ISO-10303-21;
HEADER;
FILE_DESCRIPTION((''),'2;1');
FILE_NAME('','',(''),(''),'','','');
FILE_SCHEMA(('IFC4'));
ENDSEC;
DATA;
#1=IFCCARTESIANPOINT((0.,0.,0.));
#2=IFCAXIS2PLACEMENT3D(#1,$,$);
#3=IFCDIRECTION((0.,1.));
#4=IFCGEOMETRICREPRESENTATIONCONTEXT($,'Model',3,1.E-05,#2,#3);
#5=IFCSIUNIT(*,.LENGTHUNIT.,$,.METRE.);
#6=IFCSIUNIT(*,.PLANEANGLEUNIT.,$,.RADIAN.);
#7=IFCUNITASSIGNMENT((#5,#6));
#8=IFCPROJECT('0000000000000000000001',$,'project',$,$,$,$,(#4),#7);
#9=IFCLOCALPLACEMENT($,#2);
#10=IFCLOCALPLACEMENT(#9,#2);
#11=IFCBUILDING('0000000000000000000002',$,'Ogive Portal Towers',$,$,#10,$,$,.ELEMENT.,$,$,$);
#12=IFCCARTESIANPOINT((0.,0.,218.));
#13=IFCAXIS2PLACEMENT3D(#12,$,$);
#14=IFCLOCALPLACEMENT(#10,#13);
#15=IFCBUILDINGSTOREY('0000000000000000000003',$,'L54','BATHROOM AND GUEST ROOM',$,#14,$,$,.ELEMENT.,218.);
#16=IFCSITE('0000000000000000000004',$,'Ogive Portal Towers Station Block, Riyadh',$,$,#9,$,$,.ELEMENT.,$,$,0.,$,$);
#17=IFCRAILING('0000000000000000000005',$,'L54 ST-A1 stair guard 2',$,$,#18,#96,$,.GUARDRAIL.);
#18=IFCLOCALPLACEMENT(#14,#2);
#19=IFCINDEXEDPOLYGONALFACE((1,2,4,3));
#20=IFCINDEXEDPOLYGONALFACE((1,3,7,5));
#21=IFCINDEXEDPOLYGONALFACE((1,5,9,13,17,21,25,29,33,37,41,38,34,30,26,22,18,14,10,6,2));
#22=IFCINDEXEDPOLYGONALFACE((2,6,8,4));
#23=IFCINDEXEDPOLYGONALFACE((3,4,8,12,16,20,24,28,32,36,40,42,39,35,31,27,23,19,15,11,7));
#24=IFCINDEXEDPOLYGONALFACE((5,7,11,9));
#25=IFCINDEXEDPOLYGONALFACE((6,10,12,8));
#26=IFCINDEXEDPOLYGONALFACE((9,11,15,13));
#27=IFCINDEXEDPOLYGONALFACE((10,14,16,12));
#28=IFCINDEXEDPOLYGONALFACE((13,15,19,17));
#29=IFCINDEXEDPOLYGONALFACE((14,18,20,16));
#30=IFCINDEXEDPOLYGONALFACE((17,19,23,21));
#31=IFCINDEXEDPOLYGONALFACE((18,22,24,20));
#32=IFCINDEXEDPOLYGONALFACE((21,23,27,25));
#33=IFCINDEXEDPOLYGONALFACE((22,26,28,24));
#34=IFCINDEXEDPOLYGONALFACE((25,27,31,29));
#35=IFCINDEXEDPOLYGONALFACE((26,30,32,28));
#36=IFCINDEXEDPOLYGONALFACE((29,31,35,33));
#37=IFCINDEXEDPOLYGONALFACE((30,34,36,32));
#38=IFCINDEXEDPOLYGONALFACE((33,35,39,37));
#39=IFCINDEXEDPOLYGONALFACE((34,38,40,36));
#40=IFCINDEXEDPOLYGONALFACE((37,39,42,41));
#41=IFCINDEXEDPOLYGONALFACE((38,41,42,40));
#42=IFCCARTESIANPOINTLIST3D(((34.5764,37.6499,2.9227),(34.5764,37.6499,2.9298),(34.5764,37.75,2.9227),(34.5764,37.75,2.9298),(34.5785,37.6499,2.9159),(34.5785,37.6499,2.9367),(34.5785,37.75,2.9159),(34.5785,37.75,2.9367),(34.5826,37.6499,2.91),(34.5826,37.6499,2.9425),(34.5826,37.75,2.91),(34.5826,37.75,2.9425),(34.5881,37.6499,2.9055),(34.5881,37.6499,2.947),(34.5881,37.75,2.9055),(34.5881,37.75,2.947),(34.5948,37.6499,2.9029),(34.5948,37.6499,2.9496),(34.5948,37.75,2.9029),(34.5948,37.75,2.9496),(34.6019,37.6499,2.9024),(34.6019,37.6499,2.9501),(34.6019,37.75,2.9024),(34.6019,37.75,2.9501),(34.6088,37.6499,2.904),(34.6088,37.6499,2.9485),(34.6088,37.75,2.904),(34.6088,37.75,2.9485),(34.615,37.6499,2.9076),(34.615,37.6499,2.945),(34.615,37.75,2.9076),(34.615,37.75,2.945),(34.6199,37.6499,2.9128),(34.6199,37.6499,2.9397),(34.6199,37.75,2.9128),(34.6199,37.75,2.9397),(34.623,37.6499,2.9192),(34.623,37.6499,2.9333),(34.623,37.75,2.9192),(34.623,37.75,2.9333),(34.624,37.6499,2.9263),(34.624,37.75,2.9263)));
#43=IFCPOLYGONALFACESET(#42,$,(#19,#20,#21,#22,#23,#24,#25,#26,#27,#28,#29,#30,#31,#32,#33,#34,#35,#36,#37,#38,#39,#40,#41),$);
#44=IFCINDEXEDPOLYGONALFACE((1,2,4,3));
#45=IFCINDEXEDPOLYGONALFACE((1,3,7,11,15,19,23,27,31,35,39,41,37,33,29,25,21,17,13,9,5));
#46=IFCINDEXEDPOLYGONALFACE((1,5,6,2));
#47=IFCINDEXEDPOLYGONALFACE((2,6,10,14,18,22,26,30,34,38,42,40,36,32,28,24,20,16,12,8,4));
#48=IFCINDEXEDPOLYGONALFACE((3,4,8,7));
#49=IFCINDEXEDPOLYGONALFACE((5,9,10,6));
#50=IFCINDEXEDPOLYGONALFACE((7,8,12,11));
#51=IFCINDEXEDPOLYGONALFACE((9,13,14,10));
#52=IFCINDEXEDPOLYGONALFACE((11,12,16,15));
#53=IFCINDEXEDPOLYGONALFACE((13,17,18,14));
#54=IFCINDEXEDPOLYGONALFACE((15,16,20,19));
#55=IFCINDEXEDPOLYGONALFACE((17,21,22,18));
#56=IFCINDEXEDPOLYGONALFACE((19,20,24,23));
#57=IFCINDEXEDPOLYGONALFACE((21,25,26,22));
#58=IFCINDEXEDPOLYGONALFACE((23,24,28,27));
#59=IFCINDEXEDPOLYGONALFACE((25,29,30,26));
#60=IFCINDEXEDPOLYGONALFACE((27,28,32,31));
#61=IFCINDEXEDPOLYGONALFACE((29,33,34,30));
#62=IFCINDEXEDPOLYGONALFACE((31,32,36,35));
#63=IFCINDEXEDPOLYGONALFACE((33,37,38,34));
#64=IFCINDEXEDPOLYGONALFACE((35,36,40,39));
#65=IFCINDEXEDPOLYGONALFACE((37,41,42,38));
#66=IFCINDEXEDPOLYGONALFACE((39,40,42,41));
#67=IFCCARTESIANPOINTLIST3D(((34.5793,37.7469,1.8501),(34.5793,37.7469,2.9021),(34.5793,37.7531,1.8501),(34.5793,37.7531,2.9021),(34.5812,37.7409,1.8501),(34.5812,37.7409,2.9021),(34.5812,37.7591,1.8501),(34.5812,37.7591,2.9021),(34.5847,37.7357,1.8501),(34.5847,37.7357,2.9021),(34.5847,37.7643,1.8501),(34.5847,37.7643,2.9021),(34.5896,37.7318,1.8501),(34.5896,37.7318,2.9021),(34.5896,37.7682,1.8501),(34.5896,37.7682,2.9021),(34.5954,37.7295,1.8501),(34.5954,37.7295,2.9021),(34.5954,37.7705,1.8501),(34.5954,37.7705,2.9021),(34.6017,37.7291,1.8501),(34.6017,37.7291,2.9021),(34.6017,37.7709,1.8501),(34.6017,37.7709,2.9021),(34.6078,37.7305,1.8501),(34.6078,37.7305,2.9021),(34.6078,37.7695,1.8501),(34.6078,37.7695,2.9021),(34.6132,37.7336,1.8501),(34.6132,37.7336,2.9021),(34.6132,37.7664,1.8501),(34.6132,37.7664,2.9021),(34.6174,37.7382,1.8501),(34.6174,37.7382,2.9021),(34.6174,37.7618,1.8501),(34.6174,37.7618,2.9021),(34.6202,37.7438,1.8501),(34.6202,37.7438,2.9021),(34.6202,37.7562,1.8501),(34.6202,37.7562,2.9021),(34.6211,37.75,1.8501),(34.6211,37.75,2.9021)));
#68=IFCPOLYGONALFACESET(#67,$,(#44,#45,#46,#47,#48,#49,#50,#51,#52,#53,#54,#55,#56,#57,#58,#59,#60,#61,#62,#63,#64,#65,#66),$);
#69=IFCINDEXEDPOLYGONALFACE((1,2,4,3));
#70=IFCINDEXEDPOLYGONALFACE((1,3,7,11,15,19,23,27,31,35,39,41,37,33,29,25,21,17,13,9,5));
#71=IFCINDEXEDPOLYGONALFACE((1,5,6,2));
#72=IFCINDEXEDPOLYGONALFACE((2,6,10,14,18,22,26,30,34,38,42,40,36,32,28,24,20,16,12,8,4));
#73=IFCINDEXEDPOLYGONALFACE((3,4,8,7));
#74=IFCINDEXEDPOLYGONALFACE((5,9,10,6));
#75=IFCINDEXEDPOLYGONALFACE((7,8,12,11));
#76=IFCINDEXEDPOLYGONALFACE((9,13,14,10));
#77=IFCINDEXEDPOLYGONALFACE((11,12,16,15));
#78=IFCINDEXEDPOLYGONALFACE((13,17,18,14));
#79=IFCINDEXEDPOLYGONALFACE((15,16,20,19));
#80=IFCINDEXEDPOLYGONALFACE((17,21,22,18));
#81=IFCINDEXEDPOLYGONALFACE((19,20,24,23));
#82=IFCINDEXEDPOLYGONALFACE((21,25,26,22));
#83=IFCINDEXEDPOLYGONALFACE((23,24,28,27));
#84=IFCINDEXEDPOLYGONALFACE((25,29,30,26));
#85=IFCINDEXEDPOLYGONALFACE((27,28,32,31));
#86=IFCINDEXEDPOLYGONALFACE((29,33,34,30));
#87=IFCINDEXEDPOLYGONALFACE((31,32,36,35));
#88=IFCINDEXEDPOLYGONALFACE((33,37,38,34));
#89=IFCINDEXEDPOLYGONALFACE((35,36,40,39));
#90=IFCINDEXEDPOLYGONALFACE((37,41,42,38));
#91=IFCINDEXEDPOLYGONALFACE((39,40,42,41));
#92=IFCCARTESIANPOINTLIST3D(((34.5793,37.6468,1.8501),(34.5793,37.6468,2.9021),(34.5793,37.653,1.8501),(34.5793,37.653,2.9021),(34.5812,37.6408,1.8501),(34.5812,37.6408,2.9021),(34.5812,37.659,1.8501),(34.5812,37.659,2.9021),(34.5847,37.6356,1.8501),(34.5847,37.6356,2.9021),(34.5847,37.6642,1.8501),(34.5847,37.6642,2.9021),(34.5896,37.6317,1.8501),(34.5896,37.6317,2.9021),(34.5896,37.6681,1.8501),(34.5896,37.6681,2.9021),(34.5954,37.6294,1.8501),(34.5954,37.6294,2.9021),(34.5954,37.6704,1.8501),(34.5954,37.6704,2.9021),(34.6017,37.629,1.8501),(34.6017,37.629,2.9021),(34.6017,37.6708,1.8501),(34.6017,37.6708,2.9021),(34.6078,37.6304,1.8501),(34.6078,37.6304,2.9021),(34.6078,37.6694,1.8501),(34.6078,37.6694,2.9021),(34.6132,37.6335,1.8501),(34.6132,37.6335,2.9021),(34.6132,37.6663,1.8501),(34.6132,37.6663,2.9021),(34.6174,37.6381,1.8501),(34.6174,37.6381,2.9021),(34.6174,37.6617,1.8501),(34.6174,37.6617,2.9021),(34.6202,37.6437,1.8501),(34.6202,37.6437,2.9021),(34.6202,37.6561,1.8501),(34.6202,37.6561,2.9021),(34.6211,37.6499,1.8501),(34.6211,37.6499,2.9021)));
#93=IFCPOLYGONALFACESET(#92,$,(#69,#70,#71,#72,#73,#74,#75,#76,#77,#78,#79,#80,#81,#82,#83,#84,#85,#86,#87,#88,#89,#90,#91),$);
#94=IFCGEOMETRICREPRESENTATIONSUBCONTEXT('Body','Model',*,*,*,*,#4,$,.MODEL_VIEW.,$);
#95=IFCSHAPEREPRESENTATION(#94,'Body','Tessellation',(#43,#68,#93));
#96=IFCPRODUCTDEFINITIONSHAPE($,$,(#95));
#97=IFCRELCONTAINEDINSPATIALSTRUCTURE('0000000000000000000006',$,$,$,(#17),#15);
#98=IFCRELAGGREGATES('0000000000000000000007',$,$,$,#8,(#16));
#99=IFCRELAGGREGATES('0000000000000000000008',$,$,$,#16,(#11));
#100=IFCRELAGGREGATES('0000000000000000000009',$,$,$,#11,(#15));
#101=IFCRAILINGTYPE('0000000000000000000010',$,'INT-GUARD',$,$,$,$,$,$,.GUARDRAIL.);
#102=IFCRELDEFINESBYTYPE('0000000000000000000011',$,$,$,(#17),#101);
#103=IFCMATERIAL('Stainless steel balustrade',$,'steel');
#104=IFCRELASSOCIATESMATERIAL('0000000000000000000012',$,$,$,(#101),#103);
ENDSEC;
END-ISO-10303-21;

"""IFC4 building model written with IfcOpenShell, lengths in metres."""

from ifc_helpers import new_model, si_unit, direction, frame, origin, origin_2d, place, context, subcontext, project, spatial, circle, extrude, material, type_object, element, save


model = new_model("IFC4")

# Units and contexts
model_context = context("Model", 3, precision=1e-05, world=origin(), true_north=direction((0.0, 1.0)))
body_context = subcontext(model_context, "Body", "Model", "MODEL_VIEW")
ifc_project = project(units=[si_unit("LENGTHUNIT", "METRE"), si_unit("PLANEANGLEUNIT", "RADIAN")], contexts=[model_context])

# Site, building, storey
site_placement = place(None, origin())
site = spatial("IfcSite", under=ifc_project, at=site_placement, Name="Ogive Portal Towers Station Block, Riyadh", CompositionType="ELEMENT", RefElevation=0.0)
building_placement = place(site_placement, origin())
building = spatial("IfcBuilding", under=site, at=building_placement, Name="Ogive Portal Towers", CompositionType="ELEMENT")
storey_placement = place(building_placement, frame((0.0, 0.0, 218.0)))
storey = spatial("IfcBuildingStorey", under=building, at=storey_placement, Name="L54", Description="BATHROOM AND GUEST ROOM", CompositionType="ELEMENT", Elevation=218.0)

# Railing
ifc_material_1 = material(Name="Stainless steel balustrade", Category="steel")
railing_type_1 = type_object("IfcRailingType", Name="INT-GUARD", PredefinedType="GUARDRAIL", material=ifc_material_1)
railing_1_placement = place(storey_placement, frame((34.6001, 37.75, 1.8501)))
element("IfcRailing", 1, at=railing_1_placement, inside=storey, type_object=railing_type_1, Name="L54 ST-A1 stair guard 2", PredefinedType="GUARDRAIL", context=body_context, shape_type="SweptSolid", body=[
    extrude(circle(Radius=0.0239, at=origin_2d()), frame((0.0, 0.0, 1.0762), z_axis=(0.0, -1.0, 0.0), x_axis=(1.0, 0.0, 0.0)), (0.0, 0.0, 1.0), 0.1001),
    extrude(circle(Radius=0.021, at=origin_2d()), origin(), (0.0, 0.0, 1.0), 1.052),
    extrude(circle(Radius=0.021, at=origin_2d()), frame((0.0, -0.1001, 0.0)), (0.0, 0.0, 1.0), 1.052),
])

save(model, "model.ifc")
